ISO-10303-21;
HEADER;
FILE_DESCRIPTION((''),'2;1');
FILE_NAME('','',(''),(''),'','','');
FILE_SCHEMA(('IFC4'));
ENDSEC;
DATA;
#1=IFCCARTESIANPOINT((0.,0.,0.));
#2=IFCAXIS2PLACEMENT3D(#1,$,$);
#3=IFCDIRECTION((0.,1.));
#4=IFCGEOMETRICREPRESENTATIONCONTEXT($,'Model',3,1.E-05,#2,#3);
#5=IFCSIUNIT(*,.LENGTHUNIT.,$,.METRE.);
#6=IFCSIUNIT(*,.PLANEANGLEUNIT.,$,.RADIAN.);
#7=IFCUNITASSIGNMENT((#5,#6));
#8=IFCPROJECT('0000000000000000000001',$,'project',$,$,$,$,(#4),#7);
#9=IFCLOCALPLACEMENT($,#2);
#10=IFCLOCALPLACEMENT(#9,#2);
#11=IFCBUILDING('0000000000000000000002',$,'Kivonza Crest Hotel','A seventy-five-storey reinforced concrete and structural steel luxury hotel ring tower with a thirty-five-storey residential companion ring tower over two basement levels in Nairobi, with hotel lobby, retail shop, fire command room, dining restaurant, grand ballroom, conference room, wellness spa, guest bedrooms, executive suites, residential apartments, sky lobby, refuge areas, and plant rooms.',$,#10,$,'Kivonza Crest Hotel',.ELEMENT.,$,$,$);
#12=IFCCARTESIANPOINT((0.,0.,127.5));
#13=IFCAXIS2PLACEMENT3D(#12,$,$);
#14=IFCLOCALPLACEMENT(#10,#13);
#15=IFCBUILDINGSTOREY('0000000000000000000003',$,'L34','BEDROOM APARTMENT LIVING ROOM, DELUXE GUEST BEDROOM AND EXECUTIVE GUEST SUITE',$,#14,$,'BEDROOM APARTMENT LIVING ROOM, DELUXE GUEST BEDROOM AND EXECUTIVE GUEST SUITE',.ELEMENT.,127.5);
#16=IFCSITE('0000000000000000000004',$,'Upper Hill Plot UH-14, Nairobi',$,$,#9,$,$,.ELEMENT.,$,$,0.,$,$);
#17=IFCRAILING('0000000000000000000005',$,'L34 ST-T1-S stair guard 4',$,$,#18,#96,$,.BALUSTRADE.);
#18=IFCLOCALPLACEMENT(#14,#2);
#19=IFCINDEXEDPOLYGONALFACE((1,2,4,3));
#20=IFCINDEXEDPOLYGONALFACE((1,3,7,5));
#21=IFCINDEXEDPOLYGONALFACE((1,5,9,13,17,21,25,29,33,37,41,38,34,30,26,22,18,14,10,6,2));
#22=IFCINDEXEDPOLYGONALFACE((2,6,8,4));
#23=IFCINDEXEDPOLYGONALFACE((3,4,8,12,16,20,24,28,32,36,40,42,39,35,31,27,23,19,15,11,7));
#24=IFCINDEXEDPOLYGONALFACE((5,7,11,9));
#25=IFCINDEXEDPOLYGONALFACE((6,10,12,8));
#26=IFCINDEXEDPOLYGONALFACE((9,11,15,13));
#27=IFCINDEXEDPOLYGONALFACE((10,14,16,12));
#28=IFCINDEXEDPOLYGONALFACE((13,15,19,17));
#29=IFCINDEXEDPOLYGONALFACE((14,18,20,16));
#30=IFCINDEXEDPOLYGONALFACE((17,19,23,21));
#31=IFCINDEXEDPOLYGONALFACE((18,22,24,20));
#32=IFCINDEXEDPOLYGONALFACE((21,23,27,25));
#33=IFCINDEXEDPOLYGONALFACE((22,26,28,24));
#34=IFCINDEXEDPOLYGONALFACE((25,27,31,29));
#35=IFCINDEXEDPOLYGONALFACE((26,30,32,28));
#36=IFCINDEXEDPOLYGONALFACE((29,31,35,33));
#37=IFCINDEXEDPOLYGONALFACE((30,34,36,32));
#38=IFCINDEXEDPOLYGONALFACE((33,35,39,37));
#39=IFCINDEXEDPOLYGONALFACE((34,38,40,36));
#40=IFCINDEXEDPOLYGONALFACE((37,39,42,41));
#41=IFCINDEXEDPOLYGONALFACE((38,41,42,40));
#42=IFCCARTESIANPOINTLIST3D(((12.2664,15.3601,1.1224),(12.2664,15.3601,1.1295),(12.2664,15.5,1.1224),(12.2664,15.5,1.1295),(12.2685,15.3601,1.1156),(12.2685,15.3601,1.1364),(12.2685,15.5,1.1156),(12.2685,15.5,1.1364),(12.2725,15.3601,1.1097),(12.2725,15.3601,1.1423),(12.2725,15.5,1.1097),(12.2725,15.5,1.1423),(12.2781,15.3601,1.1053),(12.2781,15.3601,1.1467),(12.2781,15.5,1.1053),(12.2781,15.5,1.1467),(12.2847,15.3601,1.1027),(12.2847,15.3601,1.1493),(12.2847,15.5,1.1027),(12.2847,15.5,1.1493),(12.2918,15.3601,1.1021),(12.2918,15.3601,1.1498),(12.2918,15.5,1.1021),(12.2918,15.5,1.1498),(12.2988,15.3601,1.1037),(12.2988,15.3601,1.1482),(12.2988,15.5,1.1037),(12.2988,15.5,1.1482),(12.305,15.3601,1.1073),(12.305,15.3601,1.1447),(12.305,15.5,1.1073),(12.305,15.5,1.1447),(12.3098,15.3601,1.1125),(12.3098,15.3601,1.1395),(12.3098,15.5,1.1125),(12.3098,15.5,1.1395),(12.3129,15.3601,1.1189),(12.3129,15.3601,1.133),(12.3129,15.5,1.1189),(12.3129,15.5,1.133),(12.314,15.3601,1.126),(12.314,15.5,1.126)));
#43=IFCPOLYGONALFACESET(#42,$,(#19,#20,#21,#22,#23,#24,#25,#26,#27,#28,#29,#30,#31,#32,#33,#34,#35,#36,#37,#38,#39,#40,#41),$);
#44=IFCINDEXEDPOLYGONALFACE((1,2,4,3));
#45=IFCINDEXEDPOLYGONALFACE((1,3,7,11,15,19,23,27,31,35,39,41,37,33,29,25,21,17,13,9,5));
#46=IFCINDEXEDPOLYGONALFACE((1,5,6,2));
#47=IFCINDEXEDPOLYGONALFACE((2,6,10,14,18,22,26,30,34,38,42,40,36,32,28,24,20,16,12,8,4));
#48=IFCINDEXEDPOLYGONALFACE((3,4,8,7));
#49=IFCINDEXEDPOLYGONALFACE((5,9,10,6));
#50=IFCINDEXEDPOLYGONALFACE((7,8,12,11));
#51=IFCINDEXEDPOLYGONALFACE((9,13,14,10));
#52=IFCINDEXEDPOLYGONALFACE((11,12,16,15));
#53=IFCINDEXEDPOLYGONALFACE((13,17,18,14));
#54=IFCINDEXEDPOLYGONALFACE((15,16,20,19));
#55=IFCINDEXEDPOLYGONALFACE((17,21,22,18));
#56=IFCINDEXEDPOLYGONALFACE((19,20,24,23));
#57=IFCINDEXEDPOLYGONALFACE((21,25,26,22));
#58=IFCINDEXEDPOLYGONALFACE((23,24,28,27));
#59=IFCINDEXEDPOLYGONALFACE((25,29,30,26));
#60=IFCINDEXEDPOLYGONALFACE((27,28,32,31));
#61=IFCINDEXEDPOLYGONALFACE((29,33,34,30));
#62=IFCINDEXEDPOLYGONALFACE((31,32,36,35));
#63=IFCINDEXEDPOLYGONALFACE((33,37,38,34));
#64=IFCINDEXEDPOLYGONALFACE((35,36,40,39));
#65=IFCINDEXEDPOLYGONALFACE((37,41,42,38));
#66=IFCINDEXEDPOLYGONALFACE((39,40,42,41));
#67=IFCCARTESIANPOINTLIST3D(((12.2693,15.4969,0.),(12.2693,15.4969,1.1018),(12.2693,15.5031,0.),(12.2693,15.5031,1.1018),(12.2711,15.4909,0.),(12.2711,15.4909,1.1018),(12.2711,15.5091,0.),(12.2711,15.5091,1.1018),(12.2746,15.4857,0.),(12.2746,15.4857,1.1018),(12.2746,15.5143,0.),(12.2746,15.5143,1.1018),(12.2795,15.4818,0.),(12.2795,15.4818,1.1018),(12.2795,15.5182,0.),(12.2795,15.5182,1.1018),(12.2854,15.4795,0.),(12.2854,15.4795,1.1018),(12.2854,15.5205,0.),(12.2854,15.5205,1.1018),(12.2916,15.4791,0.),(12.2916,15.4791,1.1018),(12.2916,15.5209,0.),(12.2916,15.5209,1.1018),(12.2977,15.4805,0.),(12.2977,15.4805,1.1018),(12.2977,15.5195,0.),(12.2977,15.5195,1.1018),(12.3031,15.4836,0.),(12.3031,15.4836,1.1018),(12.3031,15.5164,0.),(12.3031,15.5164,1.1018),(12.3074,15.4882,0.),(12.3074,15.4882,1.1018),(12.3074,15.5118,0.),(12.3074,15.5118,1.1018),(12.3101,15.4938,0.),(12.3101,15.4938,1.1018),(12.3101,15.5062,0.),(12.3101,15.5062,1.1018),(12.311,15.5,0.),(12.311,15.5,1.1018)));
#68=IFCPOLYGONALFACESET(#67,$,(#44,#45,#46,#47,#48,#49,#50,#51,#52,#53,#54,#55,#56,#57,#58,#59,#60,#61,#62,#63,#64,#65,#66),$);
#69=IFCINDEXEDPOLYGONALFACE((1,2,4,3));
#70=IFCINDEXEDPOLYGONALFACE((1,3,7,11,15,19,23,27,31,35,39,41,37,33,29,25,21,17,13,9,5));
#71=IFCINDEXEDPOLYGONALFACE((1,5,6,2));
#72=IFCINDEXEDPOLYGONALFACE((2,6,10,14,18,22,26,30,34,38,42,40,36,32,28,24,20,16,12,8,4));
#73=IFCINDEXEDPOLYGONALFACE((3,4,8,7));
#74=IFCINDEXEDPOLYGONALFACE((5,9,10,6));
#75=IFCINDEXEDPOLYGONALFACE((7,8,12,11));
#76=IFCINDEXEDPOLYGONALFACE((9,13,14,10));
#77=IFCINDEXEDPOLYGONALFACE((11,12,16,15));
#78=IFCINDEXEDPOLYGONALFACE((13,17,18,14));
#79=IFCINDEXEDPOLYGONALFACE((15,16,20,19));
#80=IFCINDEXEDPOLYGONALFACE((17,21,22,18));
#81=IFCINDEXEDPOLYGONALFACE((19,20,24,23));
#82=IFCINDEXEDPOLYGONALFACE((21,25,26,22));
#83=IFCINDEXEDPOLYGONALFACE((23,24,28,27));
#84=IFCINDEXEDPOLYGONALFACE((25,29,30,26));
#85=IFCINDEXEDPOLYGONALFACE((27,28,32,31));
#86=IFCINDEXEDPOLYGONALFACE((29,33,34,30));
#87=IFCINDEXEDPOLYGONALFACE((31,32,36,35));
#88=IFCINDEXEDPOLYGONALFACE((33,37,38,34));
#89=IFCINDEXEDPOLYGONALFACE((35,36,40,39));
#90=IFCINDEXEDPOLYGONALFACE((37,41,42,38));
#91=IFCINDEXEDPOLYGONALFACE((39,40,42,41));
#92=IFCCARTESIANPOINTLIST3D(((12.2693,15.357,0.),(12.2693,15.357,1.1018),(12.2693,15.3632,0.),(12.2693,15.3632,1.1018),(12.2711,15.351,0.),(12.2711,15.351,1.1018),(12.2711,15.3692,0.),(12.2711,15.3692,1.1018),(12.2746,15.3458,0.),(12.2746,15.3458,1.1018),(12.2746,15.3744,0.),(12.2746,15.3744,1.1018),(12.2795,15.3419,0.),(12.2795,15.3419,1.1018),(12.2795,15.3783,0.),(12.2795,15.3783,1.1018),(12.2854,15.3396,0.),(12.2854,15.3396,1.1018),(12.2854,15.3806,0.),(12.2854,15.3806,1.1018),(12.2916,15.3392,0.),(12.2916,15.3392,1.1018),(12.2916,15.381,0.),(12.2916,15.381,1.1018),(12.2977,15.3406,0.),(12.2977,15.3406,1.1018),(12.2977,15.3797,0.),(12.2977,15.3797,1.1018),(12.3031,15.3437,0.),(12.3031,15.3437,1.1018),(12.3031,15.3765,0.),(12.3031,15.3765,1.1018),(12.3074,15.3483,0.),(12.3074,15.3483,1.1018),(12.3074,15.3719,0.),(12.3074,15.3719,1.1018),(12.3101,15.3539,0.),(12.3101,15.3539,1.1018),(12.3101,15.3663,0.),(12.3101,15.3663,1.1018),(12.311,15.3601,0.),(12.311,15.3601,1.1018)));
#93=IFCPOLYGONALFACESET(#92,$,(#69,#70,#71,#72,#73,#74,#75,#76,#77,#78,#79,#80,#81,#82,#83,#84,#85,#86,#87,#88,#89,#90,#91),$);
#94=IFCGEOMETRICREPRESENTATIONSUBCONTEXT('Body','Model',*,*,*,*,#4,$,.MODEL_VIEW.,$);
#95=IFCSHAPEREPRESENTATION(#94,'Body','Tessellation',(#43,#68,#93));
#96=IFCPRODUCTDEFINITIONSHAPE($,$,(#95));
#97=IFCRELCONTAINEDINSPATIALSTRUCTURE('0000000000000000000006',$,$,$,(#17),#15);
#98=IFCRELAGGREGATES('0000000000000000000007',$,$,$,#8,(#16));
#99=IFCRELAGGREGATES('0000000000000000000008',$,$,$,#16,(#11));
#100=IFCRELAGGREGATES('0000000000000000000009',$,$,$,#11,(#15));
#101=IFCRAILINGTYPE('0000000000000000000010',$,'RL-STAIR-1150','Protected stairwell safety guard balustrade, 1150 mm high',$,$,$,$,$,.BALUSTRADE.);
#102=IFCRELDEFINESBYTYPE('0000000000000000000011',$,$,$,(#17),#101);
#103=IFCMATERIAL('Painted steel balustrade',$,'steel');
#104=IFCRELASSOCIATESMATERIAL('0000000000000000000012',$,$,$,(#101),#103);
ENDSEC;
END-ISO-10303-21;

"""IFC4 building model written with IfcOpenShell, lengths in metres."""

from ifc_helpers import new_model, si_unit, direction, frame, origin, origin_2d, place, context, subcontext, project, spatial, circle, extrude, material, type_object, element, save


model = new_model("IFC4")

# Units and contexts
model_context = context("Model", 3, precision=1e-05, world=origin(), true_north=direction((0.0, 1.0)))
body_context = subcontext(model_context, "Body", "Model", "MODEL_VIEW")
ifc_project = project(units=[si_unit("LENGTHUNIT", "METRE"), si_unit("PLANEANGLEUNIT", "RADIAN")], contexts=[model_context])

# Site, building, storey
site_placement = place(None, origin())
site = spatial("IfcSite", under=ifc_project, at=site_placement, Name="Upper Hill Plot UH-14, Nairobi", CompositionType="ELEMENT", RefElevation=0.0)
building_placement = place(site_placement, origin())
building = spatial("IfcBuilding", under=site, at=building_placement, Name="Kivonza Crest Hotel", Description="A seventy-five-storey reinforced concrete and structural steel luxury hotel ring tower with a thirty-five-storey residential companion ring tower over two basement levels in Nairobi, with hotel lobby, retail shop, fire command room, dining restaurant, grand ballroom, conference room, wellness spa, guest bedrooms, executive suites, residential apartments, sky lobby, refuge areas, and plant rooms.", LongName="Kivonza Crest Hotel", CompositionType="ELEMENT")
storey_placement = place(building_placement, frame((0.0, 0.0, 127.5)))
storey = spatial("IfcBuildingStorey", under=building, at=storey_placement, Name="L34", Description="BEDROOM APARTMENT LIVING ROOM, DELUXE GUEST BEDROOM AND EXECUTIVE GUEST SUITE", LongName="BEDROOM APARTMENT LIVING ROOM, DELUXE GUEST BEDROOM AND EXECUTIVE GUEST SUITE", CompositionType="ELEMENT", Elevation=127.5)

# Railing
ifc_material_1 = material(Name="Painted steel balustrade", Category="steel")
railing_type_1 = type_object("IfcRailingType", Name="RL-STAIR-1150", Description="Protected stairwell safety guard balustrade, 1150 mm high", PredefinedType="BALUSTRADE", material=ifc_material_1)
railing_1_placement = place(storey_placement, frame((12.29, 15.5, 0.0)))
element("IfcRailing", 1, at=railing_1_placement, inside=storey, type_object=railing_type_1, Name="L34 ST-T1-S stair guard 4", PredefinedType="BALUSTRADE", context=body_context, shape_type="SweptSolid", body=[
    extrude(circle(Radius=0.0239, at=origin_2d()), frame((0.0, 0.0, 1.126), z_axis=(0.0, -1.0, 0.0), x_axis=(1.0, 0.0, 0.0)), (0.0, 0.0, 1.0), 0.1399),
    extrude(circle(Radius=0.021, at=origin_2d()), origin(), (0.0, 0.0, 1.0), 1.1018),
    extrude(circle(Radius=0.021, at=origin_2d()), frame((0.0, -0.1399, 0.0)), (0.0, 0.0, 1.0), 1.1018),
])

save(model, "model.ifc")
